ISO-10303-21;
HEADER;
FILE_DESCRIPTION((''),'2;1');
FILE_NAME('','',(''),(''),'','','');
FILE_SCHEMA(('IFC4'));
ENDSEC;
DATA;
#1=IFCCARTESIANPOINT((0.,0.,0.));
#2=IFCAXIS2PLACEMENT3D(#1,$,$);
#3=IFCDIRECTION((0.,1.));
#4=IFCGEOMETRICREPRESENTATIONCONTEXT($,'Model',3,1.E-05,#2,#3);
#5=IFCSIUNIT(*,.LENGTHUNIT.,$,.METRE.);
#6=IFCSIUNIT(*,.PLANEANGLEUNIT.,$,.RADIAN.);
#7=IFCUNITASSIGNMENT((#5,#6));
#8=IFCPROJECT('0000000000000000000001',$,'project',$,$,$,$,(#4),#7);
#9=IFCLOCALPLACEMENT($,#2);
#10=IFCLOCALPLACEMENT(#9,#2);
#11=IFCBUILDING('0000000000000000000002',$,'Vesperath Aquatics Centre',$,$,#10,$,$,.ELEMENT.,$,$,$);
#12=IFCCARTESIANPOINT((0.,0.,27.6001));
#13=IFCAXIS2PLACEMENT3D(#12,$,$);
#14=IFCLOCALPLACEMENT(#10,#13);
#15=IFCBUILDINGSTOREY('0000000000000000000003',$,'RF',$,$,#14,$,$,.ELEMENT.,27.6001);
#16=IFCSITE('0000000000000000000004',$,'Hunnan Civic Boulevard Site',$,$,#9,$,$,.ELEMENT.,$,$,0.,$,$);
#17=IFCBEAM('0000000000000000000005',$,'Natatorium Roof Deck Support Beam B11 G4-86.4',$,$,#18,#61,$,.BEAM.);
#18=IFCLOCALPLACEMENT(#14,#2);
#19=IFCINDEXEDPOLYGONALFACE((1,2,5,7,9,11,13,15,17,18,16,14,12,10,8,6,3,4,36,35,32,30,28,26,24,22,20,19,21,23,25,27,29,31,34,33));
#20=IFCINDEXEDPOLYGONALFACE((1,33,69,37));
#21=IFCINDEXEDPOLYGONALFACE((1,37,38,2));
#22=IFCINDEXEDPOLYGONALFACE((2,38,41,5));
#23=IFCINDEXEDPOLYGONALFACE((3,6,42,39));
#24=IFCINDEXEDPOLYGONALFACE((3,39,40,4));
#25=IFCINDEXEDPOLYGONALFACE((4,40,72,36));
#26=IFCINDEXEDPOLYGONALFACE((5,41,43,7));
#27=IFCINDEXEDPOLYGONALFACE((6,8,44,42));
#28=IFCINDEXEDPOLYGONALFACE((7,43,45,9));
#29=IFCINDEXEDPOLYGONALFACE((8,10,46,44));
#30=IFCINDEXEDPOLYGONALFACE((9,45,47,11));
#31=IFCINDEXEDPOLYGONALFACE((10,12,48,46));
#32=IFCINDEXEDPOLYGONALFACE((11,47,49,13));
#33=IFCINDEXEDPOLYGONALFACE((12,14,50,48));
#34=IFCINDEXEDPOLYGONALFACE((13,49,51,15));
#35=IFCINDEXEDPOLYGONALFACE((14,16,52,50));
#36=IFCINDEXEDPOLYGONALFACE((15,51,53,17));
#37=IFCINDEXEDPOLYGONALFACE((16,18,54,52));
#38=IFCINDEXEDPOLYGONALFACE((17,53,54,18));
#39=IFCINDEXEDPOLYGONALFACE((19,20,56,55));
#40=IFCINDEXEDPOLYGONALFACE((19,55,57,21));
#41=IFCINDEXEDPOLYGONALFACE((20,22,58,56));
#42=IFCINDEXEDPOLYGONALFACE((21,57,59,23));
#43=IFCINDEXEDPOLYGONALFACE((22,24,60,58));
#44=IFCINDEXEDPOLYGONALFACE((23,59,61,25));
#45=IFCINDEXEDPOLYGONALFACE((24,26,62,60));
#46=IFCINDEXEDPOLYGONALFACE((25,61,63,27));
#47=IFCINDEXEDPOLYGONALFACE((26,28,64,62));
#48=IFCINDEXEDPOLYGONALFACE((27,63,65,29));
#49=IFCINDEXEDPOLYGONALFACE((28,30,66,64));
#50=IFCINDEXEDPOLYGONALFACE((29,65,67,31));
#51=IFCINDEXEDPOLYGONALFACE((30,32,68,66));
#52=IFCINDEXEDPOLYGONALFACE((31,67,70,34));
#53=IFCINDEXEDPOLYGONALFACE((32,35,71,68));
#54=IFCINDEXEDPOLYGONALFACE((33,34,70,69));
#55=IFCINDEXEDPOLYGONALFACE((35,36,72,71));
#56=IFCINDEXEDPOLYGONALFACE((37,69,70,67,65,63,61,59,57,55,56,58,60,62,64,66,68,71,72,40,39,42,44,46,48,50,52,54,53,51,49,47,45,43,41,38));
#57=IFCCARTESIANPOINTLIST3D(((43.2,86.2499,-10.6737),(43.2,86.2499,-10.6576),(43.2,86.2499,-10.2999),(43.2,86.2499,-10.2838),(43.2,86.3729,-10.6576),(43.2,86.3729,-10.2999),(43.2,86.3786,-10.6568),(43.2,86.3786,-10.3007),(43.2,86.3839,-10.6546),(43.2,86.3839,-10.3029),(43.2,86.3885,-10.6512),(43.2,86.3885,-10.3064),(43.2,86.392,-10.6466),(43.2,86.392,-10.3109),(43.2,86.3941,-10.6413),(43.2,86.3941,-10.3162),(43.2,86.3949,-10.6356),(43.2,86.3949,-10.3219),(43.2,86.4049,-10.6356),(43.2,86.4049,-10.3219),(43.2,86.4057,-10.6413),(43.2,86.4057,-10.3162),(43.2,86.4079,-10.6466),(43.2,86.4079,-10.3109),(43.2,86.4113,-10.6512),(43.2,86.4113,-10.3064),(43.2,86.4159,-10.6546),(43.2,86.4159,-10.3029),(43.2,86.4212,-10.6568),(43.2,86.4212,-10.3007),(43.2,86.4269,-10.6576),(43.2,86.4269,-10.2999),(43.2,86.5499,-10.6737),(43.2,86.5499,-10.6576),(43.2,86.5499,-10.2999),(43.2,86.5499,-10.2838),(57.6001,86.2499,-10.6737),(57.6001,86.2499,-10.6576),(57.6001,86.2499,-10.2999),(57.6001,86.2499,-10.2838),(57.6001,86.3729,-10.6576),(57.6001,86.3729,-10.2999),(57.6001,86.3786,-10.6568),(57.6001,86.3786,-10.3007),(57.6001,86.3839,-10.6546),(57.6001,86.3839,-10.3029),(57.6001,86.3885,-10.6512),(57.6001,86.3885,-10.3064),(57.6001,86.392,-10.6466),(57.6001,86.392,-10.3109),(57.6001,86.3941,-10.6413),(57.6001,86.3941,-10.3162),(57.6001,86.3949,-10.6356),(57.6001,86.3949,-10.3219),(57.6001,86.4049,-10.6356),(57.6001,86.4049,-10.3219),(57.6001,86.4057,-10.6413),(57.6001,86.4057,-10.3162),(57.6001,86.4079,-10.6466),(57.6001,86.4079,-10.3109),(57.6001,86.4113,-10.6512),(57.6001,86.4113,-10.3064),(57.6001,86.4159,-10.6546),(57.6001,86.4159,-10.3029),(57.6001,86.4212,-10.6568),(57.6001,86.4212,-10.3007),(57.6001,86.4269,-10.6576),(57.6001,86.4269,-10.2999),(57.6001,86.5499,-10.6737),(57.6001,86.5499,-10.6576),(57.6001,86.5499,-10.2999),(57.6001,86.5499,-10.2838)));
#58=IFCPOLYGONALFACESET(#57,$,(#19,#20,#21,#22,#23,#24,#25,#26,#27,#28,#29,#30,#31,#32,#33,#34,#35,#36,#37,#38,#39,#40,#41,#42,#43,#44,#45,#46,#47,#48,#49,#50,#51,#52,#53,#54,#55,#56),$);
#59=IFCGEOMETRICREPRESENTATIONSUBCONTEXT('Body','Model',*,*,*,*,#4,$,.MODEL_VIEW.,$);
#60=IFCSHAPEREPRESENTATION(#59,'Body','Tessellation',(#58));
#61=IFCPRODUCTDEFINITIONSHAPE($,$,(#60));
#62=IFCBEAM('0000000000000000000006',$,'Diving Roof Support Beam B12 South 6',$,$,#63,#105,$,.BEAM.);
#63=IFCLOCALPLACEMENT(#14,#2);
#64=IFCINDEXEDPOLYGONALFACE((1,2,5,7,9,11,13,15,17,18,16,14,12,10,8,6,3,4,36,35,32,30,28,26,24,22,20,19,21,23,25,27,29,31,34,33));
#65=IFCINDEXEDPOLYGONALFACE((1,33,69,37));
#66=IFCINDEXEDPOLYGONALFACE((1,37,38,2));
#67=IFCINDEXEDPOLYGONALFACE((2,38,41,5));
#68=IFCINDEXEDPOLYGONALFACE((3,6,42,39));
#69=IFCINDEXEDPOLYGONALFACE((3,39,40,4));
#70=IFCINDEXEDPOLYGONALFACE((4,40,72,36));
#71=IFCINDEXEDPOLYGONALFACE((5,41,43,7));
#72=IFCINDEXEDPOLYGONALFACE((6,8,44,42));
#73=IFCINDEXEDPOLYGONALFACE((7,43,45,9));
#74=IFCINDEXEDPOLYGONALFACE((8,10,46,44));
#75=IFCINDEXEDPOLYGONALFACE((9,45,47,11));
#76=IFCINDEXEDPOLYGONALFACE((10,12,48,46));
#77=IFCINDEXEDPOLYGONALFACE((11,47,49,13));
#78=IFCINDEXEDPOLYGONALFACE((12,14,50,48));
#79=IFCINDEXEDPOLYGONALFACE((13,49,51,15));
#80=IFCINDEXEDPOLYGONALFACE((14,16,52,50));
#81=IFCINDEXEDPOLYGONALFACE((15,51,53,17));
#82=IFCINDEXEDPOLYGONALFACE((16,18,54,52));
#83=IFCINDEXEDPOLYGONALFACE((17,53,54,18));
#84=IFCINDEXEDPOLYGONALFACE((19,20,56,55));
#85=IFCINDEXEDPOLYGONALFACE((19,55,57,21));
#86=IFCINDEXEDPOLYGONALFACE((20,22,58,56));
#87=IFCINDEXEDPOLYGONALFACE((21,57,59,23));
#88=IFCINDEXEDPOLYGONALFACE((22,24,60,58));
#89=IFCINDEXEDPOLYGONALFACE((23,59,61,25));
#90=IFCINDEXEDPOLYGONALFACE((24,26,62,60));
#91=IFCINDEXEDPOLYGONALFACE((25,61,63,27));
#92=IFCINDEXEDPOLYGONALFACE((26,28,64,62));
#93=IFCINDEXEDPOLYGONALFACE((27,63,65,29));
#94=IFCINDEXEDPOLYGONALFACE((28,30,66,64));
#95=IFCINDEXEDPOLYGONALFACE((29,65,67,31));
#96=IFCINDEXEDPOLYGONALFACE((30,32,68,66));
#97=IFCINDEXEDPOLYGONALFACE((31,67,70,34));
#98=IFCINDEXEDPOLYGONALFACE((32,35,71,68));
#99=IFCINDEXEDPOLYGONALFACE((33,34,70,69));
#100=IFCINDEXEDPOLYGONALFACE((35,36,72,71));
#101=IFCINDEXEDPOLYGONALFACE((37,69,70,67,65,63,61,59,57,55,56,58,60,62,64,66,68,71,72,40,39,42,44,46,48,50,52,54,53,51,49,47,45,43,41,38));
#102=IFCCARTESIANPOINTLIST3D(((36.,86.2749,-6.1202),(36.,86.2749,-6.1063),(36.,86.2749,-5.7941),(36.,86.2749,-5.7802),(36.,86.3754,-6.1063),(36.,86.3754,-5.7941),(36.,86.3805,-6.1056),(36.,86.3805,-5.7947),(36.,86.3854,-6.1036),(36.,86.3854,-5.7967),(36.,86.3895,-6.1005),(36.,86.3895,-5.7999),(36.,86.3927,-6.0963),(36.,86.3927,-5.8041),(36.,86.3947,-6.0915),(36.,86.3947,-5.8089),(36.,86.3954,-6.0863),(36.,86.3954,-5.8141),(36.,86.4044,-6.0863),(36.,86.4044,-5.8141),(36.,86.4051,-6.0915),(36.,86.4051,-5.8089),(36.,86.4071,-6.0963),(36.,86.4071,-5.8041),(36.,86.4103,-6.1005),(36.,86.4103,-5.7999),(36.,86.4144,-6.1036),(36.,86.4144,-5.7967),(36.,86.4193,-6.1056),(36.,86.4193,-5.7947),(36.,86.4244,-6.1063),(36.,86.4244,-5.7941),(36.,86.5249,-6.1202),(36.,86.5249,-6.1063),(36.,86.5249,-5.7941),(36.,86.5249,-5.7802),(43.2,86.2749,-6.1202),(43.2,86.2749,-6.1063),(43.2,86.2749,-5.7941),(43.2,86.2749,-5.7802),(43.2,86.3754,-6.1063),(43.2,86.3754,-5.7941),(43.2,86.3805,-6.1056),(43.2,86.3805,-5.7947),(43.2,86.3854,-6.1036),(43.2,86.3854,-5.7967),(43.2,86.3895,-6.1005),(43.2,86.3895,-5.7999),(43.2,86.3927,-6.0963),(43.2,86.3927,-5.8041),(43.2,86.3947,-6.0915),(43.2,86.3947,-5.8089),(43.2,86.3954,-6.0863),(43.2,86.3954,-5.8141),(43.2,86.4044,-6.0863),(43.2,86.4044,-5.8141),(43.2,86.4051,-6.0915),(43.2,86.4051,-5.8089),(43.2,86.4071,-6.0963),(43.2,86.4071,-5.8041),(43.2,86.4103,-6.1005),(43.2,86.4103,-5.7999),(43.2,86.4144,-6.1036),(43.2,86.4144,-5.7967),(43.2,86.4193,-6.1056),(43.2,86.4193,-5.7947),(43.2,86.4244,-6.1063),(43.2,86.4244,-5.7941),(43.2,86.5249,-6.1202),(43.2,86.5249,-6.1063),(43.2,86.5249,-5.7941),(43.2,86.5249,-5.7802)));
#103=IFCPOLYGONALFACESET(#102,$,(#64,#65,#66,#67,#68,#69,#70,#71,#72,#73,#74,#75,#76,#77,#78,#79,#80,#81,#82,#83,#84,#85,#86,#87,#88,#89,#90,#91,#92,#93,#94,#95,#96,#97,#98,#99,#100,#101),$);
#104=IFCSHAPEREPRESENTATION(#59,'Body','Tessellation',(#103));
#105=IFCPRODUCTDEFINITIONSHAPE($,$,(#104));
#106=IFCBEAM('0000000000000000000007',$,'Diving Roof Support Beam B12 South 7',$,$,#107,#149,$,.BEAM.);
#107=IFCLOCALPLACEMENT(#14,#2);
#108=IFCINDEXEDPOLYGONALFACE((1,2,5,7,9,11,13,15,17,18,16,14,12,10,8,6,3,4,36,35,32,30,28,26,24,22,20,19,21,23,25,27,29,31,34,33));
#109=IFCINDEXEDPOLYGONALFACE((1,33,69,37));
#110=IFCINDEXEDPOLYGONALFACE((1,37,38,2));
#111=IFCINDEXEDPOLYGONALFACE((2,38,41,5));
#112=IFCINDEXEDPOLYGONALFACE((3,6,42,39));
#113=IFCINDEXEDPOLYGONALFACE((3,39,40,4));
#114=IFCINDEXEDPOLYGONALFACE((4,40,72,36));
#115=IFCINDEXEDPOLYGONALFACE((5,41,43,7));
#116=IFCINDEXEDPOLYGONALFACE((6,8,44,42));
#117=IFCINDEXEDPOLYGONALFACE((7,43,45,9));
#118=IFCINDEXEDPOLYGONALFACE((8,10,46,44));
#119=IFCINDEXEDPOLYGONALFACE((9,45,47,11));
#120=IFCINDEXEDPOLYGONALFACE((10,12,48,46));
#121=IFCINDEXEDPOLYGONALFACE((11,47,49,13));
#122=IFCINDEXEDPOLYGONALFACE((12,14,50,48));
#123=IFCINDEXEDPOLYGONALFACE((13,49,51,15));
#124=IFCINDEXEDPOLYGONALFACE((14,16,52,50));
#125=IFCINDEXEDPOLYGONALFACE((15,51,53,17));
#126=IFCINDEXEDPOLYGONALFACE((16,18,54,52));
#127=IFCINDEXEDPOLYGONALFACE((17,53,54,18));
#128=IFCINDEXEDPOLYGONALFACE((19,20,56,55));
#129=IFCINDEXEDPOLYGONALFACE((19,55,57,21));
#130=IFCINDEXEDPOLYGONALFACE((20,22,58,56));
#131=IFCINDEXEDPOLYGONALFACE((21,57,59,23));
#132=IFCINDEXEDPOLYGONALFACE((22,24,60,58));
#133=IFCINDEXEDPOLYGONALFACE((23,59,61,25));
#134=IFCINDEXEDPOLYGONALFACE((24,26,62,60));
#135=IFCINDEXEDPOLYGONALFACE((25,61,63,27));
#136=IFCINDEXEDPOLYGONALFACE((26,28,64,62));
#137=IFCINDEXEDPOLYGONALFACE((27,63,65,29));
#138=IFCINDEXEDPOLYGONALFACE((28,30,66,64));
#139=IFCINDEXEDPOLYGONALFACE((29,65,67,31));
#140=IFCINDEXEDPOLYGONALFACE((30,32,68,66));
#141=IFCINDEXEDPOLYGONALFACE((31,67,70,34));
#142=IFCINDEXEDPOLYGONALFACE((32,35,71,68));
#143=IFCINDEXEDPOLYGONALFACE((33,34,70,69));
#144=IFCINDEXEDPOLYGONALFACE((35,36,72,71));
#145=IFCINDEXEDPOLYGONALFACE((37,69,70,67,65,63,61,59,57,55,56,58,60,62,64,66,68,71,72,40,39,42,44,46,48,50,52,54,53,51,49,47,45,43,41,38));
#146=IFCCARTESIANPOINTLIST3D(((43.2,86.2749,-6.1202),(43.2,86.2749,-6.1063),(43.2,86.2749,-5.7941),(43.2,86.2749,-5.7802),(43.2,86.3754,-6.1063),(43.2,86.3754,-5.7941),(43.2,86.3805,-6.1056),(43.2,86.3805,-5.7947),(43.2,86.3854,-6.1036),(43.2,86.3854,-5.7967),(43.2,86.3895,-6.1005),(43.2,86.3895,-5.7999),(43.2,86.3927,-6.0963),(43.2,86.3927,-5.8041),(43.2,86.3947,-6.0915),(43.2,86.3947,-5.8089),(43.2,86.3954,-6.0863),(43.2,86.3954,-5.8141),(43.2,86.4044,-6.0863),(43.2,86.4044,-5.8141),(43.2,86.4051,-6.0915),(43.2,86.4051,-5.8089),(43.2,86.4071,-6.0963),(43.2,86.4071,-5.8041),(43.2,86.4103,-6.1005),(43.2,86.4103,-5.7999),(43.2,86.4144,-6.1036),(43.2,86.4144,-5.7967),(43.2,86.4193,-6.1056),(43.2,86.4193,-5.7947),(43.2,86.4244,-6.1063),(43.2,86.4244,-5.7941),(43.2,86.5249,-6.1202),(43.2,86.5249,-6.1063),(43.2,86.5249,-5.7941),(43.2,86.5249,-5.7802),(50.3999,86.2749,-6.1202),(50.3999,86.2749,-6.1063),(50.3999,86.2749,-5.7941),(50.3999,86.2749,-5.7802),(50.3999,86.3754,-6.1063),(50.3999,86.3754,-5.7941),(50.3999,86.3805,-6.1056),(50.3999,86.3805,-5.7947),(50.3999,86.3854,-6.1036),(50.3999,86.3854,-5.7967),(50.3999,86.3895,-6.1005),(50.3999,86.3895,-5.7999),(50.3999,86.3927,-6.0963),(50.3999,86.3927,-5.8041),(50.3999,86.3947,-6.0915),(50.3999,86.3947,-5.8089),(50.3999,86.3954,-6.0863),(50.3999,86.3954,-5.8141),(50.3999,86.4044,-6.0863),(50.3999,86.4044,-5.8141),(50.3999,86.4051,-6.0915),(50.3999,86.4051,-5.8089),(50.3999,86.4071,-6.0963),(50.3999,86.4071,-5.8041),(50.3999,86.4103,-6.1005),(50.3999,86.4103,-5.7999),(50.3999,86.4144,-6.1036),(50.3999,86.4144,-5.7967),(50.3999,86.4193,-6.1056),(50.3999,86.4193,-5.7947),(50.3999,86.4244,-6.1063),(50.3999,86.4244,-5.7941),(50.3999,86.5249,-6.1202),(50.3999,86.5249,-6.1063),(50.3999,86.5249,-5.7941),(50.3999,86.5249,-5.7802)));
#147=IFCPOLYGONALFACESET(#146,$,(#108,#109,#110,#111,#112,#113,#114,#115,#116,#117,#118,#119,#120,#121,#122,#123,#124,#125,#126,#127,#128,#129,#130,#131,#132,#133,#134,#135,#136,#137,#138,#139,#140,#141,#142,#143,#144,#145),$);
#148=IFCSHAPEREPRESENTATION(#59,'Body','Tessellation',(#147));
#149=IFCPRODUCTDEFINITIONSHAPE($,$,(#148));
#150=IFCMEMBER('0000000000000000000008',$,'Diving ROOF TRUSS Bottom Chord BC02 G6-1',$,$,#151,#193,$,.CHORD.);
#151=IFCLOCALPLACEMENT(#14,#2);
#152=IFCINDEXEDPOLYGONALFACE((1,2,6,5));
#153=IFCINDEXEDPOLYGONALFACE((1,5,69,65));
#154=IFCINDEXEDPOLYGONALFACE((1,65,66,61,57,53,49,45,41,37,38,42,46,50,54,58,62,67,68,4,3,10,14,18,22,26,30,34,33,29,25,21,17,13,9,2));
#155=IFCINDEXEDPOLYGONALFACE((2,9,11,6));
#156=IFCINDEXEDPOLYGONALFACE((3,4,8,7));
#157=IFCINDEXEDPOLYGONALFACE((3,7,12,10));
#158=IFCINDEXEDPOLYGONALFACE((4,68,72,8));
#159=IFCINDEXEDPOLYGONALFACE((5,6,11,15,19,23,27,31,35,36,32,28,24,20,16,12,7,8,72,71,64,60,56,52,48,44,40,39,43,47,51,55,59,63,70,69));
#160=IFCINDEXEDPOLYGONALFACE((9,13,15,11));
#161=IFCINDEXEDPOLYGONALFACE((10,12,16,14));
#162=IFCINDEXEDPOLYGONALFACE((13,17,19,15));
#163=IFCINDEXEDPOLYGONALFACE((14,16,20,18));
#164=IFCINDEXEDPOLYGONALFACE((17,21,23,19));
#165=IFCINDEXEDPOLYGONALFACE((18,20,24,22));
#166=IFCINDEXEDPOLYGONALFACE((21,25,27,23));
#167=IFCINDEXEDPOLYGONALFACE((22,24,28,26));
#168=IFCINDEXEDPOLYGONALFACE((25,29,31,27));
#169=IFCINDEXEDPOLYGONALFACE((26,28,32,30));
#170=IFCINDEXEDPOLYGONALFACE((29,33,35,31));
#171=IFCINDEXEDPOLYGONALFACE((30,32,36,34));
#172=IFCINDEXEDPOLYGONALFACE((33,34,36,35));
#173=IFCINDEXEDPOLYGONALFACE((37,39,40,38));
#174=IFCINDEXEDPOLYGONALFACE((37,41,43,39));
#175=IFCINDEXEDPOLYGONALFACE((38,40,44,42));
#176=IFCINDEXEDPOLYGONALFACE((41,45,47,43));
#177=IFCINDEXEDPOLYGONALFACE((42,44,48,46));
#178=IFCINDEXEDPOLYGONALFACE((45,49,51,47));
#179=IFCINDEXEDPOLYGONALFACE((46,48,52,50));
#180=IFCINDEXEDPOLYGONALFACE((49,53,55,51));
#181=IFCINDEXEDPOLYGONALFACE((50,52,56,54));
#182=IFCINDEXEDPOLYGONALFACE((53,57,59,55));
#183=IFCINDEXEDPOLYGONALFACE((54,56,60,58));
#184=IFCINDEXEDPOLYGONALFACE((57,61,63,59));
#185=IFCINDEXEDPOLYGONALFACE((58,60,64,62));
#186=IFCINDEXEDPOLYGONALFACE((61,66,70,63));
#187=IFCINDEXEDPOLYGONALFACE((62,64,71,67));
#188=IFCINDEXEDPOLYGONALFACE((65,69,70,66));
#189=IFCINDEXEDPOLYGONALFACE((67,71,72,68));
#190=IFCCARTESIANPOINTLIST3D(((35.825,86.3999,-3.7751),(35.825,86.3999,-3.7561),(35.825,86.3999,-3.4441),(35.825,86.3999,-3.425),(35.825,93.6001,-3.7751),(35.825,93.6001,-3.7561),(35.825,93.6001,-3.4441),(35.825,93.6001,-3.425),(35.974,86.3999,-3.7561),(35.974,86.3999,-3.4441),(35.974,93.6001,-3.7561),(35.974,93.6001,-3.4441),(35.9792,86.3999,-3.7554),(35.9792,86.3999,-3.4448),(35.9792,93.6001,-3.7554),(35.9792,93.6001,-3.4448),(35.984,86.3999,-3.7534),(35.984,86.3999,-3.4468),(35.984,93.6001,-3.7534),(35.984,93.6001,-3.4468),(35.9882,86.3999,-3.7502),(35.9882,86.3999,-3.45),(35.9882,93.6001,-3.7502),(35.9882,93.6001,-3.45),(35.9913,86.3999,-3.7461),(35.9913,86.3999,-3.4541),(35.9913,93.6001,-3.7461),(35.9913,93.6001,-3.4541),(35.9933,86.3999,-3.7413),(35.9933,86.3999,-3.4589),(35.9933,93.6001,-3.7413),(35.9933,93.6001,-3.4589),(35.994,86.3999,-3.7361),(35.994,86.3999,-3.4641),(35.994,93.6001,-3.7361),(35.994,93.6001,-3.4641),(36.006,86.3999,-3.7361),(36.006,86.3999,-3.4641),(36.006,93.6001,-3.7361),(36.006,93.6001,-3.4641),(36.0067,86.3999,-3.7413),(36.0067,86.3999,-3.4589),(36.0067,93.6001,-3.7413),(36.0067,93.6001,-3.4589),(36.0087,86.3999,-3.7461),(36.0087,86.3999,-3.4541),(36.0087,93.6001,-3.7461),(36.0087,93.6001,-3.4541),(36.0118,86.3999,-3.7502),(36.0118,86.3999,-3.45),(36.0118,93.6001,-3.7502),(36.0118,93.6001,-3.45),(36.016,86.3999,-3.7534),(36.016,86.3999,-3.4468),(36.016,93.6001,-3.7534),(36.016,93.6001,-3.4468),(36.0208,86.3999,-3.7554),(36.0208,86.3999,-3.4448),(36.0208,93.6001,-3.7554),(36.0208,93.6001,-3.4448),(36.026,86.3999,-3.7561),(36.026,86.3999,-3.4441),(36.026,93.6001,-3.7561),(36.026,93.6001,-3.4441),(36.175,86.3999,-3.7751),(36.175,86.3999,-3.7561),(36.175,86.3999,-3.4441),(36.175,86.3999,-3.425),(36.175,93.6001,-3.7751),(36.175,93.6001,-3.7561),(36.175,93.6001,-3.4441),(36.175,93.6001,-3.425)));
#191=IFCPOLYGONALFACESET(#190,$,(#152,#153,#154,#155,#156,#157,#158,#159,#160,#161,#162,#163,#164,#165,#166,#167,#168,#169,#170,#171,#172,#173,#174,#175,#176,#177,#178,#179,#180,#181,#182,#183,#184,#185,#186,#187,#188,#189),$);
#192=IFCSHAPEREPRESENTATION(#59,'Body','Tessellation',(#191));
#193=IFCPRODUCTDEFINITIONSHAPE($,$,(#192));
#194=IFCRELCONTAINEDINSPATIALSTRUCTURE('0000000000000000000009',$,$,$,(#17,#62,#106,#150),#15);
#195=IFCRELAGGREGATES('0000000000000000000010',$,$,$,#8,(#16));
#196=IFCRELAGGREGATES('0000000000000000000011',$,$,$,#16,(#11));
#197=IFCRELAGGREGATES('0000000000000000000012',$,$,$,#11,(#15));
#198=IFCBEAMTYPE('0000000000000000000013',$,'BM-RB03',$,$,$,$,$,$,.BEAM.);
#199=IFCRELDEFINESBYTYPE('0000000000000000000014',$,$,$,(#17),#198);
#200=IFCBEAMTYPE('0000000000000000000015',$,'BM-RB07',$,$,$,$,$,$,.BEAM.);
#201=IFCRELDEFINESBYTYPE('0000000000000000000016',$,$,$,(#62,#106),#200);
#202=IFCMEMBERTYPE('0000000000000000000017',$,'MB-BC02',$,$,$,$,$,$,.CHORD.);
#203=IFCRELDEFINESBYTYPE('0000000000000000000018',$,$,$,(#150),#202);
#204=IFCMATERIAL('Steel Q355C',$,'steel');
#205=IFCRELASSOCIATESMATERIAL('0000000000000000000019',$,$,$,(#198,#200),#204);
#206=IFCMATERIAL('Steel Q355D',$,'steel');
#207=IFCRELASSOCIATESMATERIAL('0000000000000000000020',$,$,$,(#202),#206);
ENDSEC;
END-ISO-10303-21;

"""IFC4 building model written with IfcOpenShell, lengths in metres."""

from ifc_helpers import new_model, si_unit, direction, frame, origin, origin_2d, place, context, subcontext, project, spatial, i_section, extrude, material, material_profile, profile_set, type_object, element, save


model = new_model("IFC4")

# Units and contexts
model_context = context("Model", 3, precision=1e-05, world=origin(), true_north=direction((0.0, 1.0)))
body_context = subcontext(model_context, "Body", "Model", "MODEL_VIEW")
ifc_project = project(units=[si_unit("LENGTHUNIT", "METRE"), si_unit("PLANEANGLEUNIT", "RADIAN")], contexts=[model_context])

# Site, building, storey
site_placement = place(None, origin())
site = spatial("IfcSite", under=ifc_project, at=site_placement, Name="Hunnan Civic Boulevard Site", CompositionType="ELEMENT", RefElevation=0.0)
building_placement = place(site_placement, origin())
building = spatial("IfcBuilding", under=site, at=building_placement, Name="Vesperath Aquatics Centre", CompositionType="ELEMENT")
storey_placement = place(building_placement, frame((0.0, 0.0, 27.6001)))
storey = spatial("IfcBuildingStorey", under=building, at=storey_placement, Name="RF", CompositionType="ELEMENT", Elevation=27.6001)

# Beams
ifc_material_1 = material(Name="Steel Q355C", Category="steel")
ifc_material_profile_1 = material_profile(ifc_material_1, i_section(OverallWidth=0.3, OverallDepth=0.3899, WebThickness=0.01, FlangeThickness=0.0161, FilletRadius=0.022, at=origin_2d()), Name="HM 390x300x10x16")
ifc_profile_set_1 = profile_set([ifc_material_profile_1], Name="Steel Q355C")
beam_type_1 = type_object("IfcBeamType", Name="BM-RB03", PredefinedType="BEAM", material=ifc_profile_set_1)
beam_placement = place(storey_placement, frame((43.2, 86.3999, -10.4788), z_axis=(1.0, 0.0, 0.0), x_axis=(0.0, 1.0, 0.0)))
element("IfcBeam", 1, at=beam_placement, inside=storey, type_object=beam_type_1, Name="Natatorium Roof Deck Support Beam B11 G4-86.4", PredefinedType="BEAM", context=body_context, shape_type="SweptSolid", body=[
    extrude(i_section(OverallWidth=0.3, OverallDepth=0.3899, WebThickness=0.01, FlangeThickness=0.0161, FilletRadius=0.022, at=origin_2d()), origin(), (0.0, 0.0, 1.0), 14.4001),
])
ifc_material_profile_2 = material_profile(ifc_material_1, i_section(OverallWidth=0.25, OverallDepth=0.3401, WebThickness=0.009, FlangeThickness=0.0139, FilletRadius=0.02, at=origin_2d()), Name="HM 340x250x9x14")
ifc_profile_set_2 = profile_set([ifc_material_profile_2], Name="Steel Q355C")
beam_type_2 = type_object("IfcBeamType", Name="BM-RB07", PredefinedType="BEAM", material=ifc_profile_set_2)
for number, where, z_axis, x_axis, name in (
    (2, (36.0, 86.3999, -5.9502), (1.0, 0.0, 0.0), (0.0, 1.0, 0.0), "Diving Roof Support Beam B12 South 6"),
    (3, (43.2, 86.3999, -5.9502), (1.0, 0.0, 0.0), (0.0, 1.0, 0.0), "Diving Roof Support Beam B12 South 7"),
):
    element("IfcBeam", number, at=place(storey_placement, frame(where, z_axis=z_axis, x_axis=x_axis)), inside=storey, type_object=beam_type_2, Name=name, PredefinedType="BEAM", context=body_context, shape_type="SweptSolid", body=[
        extrude(i_section(OverallWidth=0.25, OverallDepth=0.3401, WebThickness=0.009, FlangeThickness=0.0139, FilletRadius=0.02, at=origin_2d()), origin(), (0.0, 0.0, 1.0), 7.2),
    ])

# Member
ifc_material_2 = material(Name="Steel Q355D", Category="steel")
ifc_material_profile_3 = material_profile(ifc_material_2, i_section(OverallWidth=0.3501, OverallDepth=0.3501, WebThickness=0.012, FlangeThickness=0.019, FilletRadius=0.02, at=origin_2d()), Name="HW 350x350x12x19")
ifc_profile_set_3 = profile_set([ifc_material_profile_3], Name="Steel Q355D")
member_type_1 = type_object("IfcMemberType", Name="MB-BC02", PredefinedType="CHORD", material=ifc_profile_set_3)
member_1_placement = place(storey_placement, frame((36.0, 86.3999, -3.6001), z_axis=(0.0, 1.0, 0.0), x_axis=(-1.0, 0.0, 0.0)))
element("IfcMember", 4, at=member_1_placement, inside=storey, type_object=member_type_1, Name="Diving ROOF TRUSS Bottom Chord BC02 G6-1", PredefinedType="CHORD", context=body_context, shape_type="SweptSolid", body=[
    extrude(i_section(OverallWidth=0.3501, OverallDepth=0.3501, WebThickness=0.012, FlangeThickness=0.019, FilletRadius=0.02, at=origin_2d()), origin(), (0.0, 0.0, 1.0), 7.2002),
])

save(model, "model.ifc")
